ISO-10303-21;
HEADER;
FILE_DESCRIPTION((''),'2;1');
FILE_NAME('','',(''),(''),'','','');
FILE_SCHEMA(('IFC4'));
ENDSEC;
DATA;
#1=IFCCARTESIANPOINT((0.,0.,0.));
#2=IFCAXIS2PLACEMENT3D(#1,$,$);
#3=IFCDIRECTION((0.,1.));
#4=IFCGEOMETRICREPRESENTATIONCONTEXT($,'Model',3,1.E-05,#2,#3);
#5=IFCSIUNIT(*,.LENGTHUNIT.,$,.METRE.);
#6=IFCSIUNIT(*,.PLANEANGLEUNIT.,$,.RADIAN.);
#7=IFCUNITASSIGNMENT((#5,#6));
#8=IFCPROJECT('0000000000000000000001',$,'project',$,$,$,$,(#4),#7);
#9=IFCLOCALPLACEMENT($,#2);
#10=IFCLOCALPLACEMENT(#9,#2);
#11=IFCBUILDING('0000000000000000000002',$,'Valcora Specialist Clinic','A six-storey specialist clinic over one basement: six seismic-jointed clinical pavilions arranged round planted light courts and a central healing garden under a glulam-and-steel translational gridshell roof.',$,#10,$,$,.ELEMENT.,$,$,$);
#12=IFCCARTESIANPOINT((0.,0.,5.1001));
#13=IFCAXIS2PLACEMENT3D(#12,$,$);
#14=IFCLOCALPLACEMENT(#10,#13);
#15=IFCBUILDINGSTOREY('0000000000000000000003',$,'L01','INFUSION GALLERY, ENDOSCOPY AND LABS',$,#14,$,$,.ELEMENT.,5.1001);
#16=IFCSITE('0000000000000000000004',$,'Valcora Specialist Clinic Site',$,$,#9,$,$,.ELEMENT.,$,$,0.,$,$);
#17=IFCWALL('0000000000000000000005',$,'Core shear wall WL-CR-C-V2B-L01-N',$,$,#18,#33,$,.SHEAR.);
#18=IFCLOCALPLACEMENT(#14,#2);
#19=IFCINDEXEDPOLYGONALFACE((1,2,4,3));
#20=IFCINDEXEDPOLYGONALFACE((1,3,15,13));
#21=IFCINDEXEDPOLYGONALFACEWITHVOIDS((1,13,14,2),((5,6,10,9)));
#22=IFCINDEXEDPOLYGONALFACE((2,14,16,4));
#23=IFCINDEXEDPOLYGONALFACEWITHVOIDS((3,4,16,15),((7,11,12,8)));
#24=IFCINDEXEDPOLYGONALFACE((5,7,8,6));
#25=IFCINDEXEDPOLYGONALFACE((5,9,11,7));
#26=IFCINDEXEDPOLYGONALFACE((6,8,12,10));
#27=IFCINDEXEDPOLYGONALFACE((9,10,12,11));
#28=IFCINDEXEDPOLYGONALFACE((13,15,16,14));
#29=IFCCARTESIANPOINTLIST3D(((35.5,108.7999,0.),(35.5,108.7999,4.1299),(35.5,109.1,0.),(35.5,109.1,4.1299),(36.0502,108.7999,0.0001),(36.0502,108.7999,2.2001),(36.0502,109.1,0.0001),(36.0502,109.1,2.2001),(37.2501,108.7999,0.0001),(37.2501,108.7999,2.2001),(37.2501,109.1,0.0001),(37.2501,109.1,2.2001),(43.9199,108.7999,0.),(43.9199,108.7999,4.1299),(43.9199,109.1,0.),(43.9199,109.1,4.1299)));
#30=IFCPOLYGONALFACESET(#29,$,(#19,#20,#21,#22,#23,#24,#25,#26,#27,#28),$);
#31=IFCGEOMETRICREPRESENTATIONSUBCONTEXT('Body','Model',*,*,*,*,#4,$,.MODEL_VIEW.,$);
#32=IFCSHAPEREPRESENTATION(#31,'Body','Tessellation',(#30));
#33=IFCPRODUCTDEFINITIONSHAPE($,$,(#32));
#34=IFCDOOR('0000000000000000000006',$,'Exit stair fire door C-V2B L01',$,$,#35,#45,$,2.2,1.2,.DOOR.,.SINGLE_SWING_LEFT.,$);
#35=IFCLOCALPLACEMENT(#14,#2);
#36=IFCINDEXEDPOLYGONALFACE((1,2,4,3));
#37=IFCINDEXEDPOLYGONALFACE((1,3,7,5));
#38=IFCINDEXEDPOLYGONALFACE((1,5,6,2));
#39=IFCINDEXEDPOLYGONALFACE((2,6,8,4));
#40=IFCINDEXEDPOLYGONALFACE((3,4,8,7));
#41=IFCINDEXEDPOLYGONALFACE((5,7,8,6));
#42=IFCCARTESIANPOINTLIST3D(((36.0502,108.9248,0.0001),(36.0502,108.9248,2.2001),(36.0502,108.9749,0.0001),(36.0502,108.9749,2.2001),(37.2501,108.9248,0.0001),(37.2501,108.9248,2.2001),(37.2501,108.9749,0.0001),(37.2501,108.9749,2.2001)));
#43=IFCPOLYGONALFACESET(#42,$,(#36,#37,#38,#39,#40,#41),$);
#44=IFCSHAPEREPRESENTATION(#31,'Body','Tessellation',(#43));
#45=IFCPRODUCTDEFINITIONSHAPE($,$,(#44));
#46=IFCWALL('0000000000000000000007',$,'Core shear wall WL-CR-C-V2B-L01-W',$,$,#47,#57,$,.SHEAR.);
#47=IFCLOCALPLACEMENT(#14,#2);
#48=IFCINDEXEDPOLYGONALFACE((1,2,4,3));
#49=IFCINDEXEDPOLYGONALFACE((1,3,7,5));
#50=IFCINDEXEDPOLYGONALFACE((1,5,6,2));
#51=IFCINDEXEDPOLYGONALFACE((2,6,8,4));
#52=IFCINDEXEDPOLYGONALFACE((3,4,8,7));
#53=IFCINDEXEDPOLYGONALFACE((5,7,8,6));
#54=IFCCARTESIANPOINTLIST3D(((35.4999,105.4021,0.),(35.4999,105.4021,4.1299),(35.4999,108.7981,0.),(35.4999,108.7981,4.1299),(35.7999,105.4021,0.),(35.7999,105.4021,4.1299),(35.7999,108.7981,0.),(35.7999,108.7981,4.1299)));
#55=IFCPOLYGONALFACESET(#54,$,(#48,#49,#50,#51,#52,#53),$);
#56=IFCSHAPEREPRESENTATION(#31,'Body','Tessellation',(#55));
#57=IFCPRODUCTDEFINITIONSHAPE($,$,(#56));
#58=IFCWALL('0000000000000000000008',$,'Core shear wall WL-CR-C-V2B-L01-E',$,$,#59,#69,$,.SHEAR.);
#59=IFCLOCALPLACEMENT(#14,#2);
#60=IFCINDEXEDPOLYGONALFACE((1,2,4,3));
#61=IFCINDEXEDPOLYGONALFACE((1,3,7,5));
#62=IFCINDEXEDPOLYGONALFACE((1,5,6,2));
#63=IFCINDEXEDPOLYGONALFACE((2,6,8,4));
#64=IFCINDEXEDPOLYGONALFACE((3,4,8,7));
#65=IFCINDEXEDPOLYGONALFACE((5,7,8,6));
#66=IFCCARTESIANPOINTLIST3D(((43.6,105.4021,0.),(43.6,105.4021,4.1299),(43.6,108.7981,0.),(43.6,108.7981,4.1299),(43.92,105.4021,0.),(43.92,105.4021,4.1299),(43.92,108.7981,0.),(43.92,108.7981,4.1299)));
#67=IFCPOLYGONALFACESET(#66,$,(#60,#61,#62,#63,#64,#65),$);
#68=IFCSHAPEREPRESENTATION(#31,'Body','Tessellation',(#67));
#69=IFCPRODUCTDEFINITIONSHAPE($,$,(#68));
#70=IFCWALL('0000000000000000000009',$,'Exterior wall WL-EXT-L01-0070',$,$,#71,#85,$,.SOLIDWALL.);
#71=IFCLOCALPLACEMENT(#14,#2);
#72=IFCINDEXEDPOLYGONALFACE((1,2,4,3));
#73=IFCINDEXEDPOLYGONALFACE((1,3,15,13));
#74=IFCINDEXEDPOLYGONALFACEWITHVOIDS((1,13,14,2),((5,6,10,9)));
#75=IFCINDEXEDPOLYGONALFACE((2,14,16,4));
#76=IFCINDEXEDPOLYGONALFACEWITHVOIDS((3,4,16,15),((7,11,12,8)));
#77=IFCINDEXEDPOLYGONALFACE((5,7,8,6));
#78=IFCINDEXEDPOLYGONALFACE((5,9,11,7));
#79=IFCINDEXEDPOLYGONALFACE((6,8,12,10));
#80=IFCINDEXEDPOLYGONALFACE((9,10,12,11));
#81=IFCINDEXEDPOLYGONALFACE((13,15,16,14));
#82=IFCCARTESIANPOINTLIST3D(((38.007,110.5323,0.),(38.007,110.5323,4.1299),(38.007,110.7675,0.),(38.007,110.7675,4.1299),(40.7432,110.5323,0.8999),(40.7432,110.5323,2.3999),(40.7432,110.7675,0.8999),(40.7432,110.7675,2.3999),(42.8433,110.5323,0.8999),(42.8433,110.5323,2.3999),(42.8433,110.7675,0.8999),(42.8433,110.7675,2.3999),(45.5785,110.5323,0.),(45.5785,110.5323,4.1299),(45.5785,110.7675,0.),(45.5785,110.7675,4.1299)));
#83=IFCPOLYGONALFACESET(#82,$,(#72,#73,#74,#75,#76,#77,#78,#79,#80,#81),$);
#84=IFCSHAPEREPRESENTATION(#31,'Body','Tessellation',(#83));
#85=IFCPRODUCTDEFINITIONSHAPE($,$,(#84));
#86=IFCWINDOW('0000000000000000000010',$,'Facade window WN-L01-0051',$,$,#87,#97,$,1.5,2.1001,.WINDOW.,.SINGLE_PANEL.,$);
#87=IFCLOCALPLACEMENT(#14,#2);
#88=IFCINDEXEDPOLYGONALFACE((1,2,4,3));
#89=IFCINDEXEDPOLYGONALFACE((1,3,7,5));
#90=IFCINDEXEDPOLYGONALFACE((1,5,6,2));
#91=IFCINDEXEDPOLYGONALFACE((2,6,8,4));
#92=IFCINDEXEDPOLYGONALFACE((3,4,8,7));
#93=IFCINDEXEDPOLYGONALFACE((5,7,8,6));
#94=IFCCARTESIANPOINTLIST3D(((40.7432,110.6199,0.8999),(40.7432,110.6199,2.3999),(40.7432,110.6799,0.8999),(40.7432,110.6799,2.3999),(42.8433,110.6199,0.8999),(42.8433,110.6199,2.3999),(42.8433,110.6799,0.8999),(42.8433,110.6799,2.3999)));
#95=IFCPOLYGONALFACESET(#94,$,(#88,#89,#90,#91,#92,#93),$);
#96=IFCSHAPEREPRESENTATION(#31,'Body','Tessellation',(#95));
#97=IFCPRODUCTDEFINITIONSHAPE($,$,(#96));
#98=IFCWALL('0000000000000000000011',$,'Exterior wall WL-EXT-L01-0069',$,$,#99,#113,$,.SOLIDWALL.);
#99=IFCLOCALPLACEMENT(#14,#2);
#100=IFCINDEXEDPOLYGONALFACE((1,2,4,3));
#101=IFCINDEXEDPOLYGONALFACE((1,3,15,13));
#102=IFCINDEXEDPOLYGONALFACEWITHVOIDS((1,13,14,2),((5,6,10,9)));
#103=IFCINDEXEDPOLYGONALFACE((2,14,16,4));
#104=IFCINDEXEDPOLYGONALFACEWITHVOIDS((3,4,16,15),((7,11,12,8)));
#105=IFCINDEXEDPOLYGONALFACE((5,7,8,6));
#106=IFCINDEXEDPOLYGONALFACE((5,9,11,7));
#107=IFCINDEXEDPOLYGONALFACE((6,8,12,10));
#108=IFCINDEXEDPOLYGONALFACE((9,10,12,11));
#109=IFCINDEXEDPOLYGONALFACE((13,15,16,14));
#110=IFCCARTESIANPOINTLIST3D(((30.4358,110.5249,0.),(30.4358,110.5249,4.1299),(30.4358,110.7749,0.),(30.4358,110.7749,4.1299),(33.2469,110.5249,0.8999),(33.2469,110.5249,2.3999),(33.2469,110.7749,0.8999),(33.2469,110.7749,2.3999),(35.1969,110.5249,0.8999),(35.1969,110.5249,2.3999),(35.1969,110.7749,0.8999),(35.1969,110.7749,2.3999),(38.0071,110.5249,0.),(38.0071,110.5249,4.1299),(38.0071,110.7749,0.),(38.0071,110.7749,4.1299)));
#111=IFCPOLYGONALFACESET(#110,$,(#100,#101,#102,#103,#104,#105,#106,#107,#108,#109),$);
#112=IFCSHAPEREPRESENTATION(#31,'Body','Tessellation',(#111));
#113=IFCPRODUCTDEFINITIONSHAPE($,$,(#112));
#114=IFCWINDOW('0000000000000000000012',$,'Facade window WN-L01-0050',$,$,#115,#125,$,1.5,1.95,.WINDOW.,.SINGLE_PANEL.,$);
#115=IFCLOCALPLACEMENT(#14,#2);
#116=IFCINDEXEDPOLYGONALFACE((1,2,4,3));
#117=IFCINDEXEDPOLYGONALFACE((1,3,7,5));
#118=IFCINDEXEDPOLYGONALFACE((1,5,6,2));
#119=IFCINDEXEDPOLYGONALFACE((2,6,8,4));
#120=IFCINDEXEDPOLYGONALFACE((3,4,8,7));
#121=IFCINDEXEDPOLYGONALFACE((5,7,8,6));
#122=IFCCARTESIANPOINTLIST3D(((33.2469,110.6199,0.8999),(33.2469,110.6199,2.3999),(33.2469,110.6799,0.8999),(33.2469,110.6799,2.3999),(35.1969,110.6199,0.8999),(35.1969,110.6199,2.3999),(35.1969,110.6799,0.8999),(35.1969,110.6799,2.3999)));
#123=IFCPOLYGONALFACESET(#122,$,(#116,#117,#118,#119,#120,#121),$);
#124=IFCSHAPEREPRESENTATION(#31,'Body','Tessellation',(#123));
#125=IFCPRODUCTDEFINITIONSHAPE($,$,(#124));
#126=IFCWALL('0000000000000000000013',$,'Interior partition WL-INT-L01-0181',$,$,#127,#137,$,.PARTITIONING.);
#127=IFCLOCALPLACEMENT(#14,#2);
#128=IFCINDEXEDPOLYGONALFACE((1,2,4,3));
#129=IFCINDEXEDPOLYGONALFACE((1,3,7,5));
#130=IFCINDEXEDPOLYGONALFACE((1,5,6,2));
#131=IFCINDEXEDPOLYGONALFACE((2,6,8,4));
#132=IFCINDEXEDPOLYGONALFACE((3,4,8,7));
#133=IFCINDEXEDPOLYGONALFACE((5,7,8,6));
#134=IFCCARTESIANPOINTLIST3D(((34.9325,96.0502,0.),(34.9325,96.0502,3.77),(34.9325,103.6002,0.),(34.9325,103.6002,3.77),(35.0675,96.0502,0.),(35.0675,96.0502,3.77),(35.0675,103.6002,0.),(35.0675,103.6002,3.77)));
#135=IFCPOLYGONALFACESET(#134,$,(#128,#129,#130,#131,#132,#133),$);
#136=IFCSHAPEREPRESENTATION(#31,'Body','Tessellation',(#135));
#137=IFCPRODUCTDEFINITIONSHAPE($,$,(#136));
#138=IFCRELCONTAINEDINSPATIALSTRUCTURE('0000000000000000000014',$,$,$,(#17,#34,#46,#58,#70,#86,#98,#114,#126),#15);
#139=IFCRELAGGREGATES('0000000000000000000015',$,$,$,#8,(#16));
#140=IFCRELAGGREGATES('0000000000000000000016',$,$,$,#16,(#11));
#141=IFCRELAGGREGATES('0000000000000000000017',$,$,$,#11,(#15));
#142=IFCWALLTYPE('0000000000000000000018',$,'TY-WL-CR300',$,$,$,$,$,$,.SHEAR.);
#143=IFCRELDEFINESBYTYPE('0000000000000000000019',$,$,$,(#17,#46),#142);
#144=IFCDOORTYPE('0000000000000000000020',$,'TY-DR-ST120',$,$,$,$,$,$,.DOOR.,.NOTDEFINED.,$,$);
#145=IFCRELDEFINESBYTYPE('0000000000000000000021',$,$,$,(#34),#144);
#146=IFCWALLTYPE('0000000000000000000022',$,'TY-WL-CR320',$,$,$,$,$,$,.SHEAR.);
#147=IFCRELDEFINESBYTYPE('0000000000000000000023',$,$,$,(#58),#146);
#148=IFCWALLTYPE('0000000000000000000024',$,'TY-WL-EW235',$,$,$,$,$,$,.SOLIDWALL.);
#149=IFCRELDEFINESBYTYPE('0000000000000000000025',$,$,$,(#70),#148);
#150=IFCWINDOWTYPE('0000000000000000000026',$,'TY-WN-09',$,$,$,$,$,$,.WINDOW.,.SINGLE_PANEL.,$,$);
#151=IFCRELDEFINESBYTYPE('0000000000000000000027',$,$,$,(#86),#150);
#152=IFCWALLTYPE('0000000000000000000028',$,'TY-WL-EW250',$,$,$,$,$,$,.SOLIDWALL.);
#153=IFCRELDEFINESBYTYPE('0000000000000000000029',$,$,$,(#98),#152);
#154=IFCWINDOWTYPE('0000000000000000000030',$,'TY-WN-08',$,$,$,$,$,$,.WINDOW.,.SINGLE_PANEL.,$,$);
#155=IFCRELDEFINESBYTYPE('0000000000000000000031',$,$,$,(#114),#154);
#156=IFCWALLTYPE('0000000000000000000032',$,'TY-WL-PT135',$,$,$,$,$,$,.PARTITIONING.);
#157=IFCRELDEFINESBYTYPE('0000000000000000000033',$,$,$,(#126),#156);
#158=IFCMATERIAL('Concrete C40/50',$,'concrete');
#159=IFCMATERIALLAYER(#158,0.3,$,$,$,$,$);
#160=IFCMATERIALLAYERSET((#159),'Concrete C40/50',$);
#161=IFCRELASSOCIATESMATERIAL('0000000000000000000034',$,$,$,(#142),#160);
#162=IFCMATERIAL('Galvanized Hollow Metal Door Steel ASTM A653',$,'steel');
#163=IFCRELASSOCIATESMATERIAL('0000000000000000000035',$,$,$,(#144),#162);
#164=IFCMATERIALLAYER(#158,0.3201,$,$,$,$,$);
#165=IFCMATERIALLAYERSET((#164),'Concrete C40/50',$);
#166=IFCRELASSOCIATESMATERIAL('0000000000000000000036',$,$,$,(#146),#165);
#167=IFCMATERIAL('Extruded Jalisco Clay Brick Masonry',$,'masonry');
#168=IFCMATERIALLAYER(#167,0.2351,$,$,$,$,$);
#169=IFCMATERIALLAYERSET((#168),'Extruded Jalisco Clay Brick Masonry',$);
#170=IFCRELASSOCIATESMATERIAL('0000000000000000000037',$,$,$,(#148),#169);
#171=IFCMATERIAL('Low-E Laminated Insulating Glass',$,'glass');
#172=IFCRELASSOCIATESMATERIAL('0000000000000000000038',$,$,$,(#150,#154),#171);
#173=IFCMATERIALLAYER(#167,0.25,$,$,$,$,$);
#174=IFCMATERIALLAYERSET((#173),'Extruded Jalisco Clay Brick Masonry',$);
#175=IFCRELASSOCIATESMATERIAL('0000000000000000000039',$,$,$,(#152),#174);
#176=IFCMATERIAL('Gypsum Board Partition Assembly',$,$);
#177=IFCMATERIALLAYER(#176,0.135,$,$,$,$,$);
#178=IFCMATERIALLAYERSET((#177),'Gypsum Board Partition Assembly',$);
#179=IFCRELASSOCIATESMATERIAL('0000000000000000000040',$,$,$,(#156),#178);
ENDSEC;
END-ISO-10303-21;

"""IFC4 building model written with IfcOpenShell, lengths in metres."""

from ifc_helpers import new_model, si_unit, direction, frame, frame_2d, origin, place, context, subcontext, project, spatial, rectangle, extrude, material, layer, layer_set, type_object, element, fill, save


model = new_model("IFC4")

# Units and contexts
model_context = context("Model", 3, precision=1e-05, world=origin(), true_north=direction((0.0, 1.0)))
body_context = subcontext(model_context, "Body", "Model", "MODEL_VIEW")
ifc_project = project(units=[si_unit("LENGTHUNIT", "METRE"), si_unit("PLANEANGLEUNIT", "RADIAN")], contexts=[model_context])

# Site, building, storey
site_placement = place(None, origin())
site = spatial("IfcSite", under=ifc_project, at=site_placement, Name="Valcora Specialist Clinic Site", CompositionType="ELEMENT", RefElevation=0.0)
building_placement = place(site_placement, origin())
building = spatial("IfcBuilding", under=site, at=building_placement, Name="Valcora Specialist Clinic", Description="A six-storey specialist clinic over one basement: six seismic-jointed clinical pavilions arranged round planted light courts and a central healing garden under a glulam-and-steel translational gridshell roof.", CompositionType="ELEMENT")
storey_placement = place(building_placement, frame((0.0, 0.0, 5.1001)))
storey = spatial("IfcBuildingStorey", under=building, at=storey_placement, Name="L01", Description="INFUSION GALLERY, ENDOSCOPY AND LABS", CompositionType="ELEMENT", Elevation=5.1001)

# Shared definitions
ifc_material_1 = material(Name="Concrete C40/50", Category="concrete")

# Shared definitions
ifc_layer_1 = layer(ifc_material_1, 0.3)
ifc_layer_set_1 = layer_set([ifc_layer_1], Name="Concrete C40/50")
wall_type_1 = type_object("IfcWallType", Name="TY-WL-CR300", PredefinedType="SHEAR", material=ifc_layer_set_1)

# Wall, opening, door
wall_1_placement = place(storey_placement, frame((35.5, 108.95, 0.0), z_axis=(0.0, 0.0, 1.0), x_axis=(1.0, 0.0, 0.0)))
wall_1 = element("IfcWall", 1, at=wall_1_placement, inside=storey, type_object=wall_type_1, Name="Core shear wall WL-CR-C-V2B-L01-N", PredefinedType="SHEAR", context=body_context, shape_type="SweptSolid", body=[
    extrude(rectangle(XDim=8.4199, YDim=0.3, at=frame_2d((4.21, 0.0))), origin(), (0.0, 0.0, 1.0), 4.1299),
])
opening_1_placement = place(wall_1_placement, frame((0.55, 0.0, 0.0)))
opening_1 = element("IfcOpeningElement", 2, at=opening_1_placement, cuts=wall_1, PredefinedType="OPENING", context=body_context, shape_type="SweptSolid", body=[
    extrude(rectangle(XDim=1.2, YDim=2.2, at=frame_2d((0.6001, 1.1001))), frame((0.0, 0.1599, 0.0), z_axis=(0.0, -1.0, 0.0), x_axis=(1.0, 0.0, 0.0)), (0.0, 0.0, 1.0), 0.3201),
])
ifc_material_2 = material(Name="Galvanized Hollow Metal Door Steel ASTM A653", Category="steel")
door_type = type_object("IfcDoorType", Name="TY-DR-ST120", OperationType="NOTDEFINED", PredefinedType="DOOR", material=ifc_material_2)
door_placement = place(opening_1_placement, origin())
door = element("IfcDoor", 3, at=door_placement, inside=storey, type_object=door_type, Name="Exit stair fire door C-V2B L01", OperationType="SINGLE_SWING_LEFT", OverallHeight=2.2, OverallWidth=1.2, PredefinedType="DOOR", context=body_context, shape_type="SweptSolid", body=[
    extrude(rectangle(XDim=1.2, YDim=2.2, at=frame_2d((0.6001, 1.1001))), frame((0.0, 0.0249, 0.0), z_axis=(0.0, -1.0, 0.0), x_axis=(1.0, 0.0, 0.0)), (0.0, 0.0, 1.0), 0.05),
])
fill(opening_1, door)

# Walls
wall_2_placement = place(storey_placement, frame((35.6499, 105.4021, 0.0), z_axis=(0.0, 0.0, 1.0), x_axis=(0.0, 1.0, 0.0)))
element("IfcWall", 4, at=wall_2_placement, inside=storey, type_object=wall_type_1, Name="Core shear wall WL-CR-C-V2B-L01-W", PredefinedType="SHEAR", context=body_context, shape_type="SweptSolid", body=[
    extrude(rectangle(XDim=3.396, YDim=0.3, at=frame_2d((1.698, 0.0))), origin(), (0.0, 0.0, 1.0), 4.1299),
])
ifc_layer_2 = layer(ifc_material_1, 0.3201)
ifc_layer_set_2 = layer_set([ifc_layer_2], Name="Concrete C40/50")
wall_type_2 = type_object("IfcWallType", Name="TY-WL-CR320", PredefinedType="SHEAR", material=ifc_layer_set_2)
wall_3_placement = place(storey_placement, frame((43.76, 105.4021, 0.0), z_axis=(0.0, 0.0, 1.0), x_axis=(0.0, 1.0, 0.0)))
element("IfcWall", 5, at=wall_3_placement, inside=storey, type_object=wall_type_2, Name="Core shear wall WL-CR-C-V2B-L01-E", PredefinedType="SHEAR", context=body_context, shape_type="SweptSolid", body=[
    extrude(rectangle(XDim=3.396, YDim=0.3201, at=frame_2d((1.698, 0.0))), origin(), (0.0, 0.0, 1.0), 4.1299),
])

# Walls, openings, windows
ifc_material_3 = material(Name="Extruded Jalisco Clay Brick Masonry", Category="masonry")
ifc_layer_3 = layer(ifc_material_3, 0.2351)
ifc_layer_set_3 = layer_set([ifc_layer_3], Name="Extruded Jalisco Clay Brick Masonry")
wall_type_3 = type_object("IfcWallType", Name="TY-WL-EW235", PredefinedType="SOLIDWALL", material=ifc_layer_set_3)
wall_4_placement = place(storey_placement, frame((38.0071, 110.6499, 0.0), z_axis=(0.0, 0.0, 1.0), x_axis=(1.0, 0.0, 0.0)))
wall_4 = element("IfcWall", 6, at=wall_4_placement, inside=storey, type_object=wall_type_3, Name="Exterior wall WL-EXT-L01-0070", PredefinedType="SOLIDWALL", context=body_context, shape_type="SweptSolid", body=[
    extrude(rectangle(XDim=7.5715, YDim=0.2351, at=frame_2d((3.7856, 0.0))), origin(), (0.0, 0.0, 1.0), 4.1299),
])
opening_2_placement = place(wall_4_placement, frame((2.7361, 0.0, 0.8999)))
opening_2 = element("IfcOpeningElement", 7, at=opening_2_placement, cuts=wall_4, PredefinedType="OPENING", context=body_context, shape_type="SweptSolid", body=[
    extrude(rectangle(XDim=2.1001, YDim=1.5, at=frame_2d((1.05, 0.75))), frame((0.0, 0.1274, 0.0), z_axis=(0.0, -1.0, 0.0), x_axis=(1.0, 0.0, 0.0)), (0.0, 0.0, 1.0), 0.2551),
])
ifc_material_4 = material(Name="Low-E Laminated Insulating Glass", Category="glass")
window_type_1 = type_object("IfcWindowType", Name="TY-WN-09", PartitioningType="SINGLE_PANEL", PredefinedType="WINDOW", material=ifc_material_4)
window_1_placement = place(opening_2_placement, origin())
window_1 = element("IfcWindow", 8, at=window_1_placement, inside=storey, type_object=window_type_1, Name="Facade window WN-L01-0051", OverallHeight=1.5, OverallWidth=2.1001, PartitioningType="SINGLE_PANEL", PredefinedType="WINDOW", context=body_context, shape_type="SweptSolid", body=[
    extrude(rectangle(XDim=2.1001, YDim=1.5, at=frame_2d((1.05, 0.75))), frame((0.0, 0.03, 0.0), z_axis=(0.0, -1.0, 0.0), x_axis=(1.0, 0.0, 0.0)), (0.0, 0.0, 1.0), 0.0601),
])
fill(opening_2, window_1)
ifc_layer_4 = layer(ifc_material_3, 0.25)
ifc_layer_set_4 = layer_set([ifc_layer_4], Name="Extruded Jalisco Clay Brick Masonry")
wall_type_4 = type_object("IfcWallType", Name="TY-WL-EW250", PredefinedType="SOLIDWALL", material=ifc_layer_set_4)
wall_5_placement = place(storey_placement, frame((30.4358, 110.6499, 0.0), z_axis=(0.0, 0.0, 1.0), x_axis=(1.0, 0.0, 0.0)))
wall_5 = element("IfcWall", 9, at=wall_5_placement, inside=storey, type_object=wall_type_4, Name="Exterior wall WL-EXT-L01-0069", PredefinedType="SOLIDWALL", context=body_context, shape_type="SweptSolid", body=[
    extrude(rectangle(XDim=7.5713, YDim=0.25, at=frame_2d((3.7856, 0.0))), origin(), (0.0, 0.0, 1.0), 4.1299),
])
opening_3_placement = place(wall_5_placement, frame((2.811, 0.0, 0.8999)))
opening_3 = element("IfcOpeningElement", 10, at=opening_3_placement, cuts=wall_5, PredefinedType="OPENING", context=body_context, shape_type="SweptSolid", body=[
    extrude(rectangle(XDim=1.95, YDim=1.5, at=frame_2d((0.9751, 0.75))), frame((0.0, 0.135, 0.0), z_axis=(0.0, -1.0, 0.0), x_axis=(1.0, 0.0, 0.0)), (0.0, 0.0, 1.0), 0.27),
])
window_type_2 = type_object("IfcWindowType", Name="TY-WN-08", PartitioningType="SINGLE_PANEL", PredefinedType="WINDOW", material=ifc_material_4)
window_2_placement = place(opening_3_placement, origin())
window_2 = element("IfcWindow", 11, at=window_2_placement, inside=storey, type_object=window_type_2, Name="Facade window WN-L01-0050", OverallHeight=1.5, OverallWidth=1.95, PartitioningType="SINGLE_PANEL", PredefinedType="WINDOW", context=body_context, shape_type="SweptSolid", body=[
    extrude(rectangle(XDim=1.95, YDim=1.5, at=frame_2d((0.9751, 0.75))), frame((0.0, 0.03, 0.0), z_axis=(0.0, -1.0, 0.0), x_axis=(1.0, 0.0, 0.0)), (0.0, 0.0, 1.0), 0.0601),
])
fill(opening_3, window_2)

# Wall
ifc_material_5 = material(Name="Gypsum Board Partition Assembly")
ifc_layer_5 = layer(ifc_material_5, 0.135)
ifc_layer_set_5 = layer_set([ifc_layer_5], Name="Gypsum Board Partition Assembly")
wall_type_5 = type_object("IfcWallType", Name="TY-WL-PT135", PredefinedType="PARTITIONING", material=ifc_layer_set_5)
wall_6_placement = place(storey_placement, frame((35.0, 103.6001, 0.0), z_axis=(0.0, 0.0, 1.0), x_axis=(0.0, -1.0, 0.0)))
element("IfcWall", 12, at=wall_6_placement, inside=storey, type_object=wall_type_5, Name="Interior partition WL-INT-L01-0181", PredefinedType="PARTITIONING", context=body_context, shape_type="SweptSolid", body=[
    extrude(rectangle(XDim=7.55, YDim=0.135, at=frame_2d((3.7749, 0.0))), origin(), (0.0, 0.0, 1.0), 3.77),
])

save(model, "model.ifc")
